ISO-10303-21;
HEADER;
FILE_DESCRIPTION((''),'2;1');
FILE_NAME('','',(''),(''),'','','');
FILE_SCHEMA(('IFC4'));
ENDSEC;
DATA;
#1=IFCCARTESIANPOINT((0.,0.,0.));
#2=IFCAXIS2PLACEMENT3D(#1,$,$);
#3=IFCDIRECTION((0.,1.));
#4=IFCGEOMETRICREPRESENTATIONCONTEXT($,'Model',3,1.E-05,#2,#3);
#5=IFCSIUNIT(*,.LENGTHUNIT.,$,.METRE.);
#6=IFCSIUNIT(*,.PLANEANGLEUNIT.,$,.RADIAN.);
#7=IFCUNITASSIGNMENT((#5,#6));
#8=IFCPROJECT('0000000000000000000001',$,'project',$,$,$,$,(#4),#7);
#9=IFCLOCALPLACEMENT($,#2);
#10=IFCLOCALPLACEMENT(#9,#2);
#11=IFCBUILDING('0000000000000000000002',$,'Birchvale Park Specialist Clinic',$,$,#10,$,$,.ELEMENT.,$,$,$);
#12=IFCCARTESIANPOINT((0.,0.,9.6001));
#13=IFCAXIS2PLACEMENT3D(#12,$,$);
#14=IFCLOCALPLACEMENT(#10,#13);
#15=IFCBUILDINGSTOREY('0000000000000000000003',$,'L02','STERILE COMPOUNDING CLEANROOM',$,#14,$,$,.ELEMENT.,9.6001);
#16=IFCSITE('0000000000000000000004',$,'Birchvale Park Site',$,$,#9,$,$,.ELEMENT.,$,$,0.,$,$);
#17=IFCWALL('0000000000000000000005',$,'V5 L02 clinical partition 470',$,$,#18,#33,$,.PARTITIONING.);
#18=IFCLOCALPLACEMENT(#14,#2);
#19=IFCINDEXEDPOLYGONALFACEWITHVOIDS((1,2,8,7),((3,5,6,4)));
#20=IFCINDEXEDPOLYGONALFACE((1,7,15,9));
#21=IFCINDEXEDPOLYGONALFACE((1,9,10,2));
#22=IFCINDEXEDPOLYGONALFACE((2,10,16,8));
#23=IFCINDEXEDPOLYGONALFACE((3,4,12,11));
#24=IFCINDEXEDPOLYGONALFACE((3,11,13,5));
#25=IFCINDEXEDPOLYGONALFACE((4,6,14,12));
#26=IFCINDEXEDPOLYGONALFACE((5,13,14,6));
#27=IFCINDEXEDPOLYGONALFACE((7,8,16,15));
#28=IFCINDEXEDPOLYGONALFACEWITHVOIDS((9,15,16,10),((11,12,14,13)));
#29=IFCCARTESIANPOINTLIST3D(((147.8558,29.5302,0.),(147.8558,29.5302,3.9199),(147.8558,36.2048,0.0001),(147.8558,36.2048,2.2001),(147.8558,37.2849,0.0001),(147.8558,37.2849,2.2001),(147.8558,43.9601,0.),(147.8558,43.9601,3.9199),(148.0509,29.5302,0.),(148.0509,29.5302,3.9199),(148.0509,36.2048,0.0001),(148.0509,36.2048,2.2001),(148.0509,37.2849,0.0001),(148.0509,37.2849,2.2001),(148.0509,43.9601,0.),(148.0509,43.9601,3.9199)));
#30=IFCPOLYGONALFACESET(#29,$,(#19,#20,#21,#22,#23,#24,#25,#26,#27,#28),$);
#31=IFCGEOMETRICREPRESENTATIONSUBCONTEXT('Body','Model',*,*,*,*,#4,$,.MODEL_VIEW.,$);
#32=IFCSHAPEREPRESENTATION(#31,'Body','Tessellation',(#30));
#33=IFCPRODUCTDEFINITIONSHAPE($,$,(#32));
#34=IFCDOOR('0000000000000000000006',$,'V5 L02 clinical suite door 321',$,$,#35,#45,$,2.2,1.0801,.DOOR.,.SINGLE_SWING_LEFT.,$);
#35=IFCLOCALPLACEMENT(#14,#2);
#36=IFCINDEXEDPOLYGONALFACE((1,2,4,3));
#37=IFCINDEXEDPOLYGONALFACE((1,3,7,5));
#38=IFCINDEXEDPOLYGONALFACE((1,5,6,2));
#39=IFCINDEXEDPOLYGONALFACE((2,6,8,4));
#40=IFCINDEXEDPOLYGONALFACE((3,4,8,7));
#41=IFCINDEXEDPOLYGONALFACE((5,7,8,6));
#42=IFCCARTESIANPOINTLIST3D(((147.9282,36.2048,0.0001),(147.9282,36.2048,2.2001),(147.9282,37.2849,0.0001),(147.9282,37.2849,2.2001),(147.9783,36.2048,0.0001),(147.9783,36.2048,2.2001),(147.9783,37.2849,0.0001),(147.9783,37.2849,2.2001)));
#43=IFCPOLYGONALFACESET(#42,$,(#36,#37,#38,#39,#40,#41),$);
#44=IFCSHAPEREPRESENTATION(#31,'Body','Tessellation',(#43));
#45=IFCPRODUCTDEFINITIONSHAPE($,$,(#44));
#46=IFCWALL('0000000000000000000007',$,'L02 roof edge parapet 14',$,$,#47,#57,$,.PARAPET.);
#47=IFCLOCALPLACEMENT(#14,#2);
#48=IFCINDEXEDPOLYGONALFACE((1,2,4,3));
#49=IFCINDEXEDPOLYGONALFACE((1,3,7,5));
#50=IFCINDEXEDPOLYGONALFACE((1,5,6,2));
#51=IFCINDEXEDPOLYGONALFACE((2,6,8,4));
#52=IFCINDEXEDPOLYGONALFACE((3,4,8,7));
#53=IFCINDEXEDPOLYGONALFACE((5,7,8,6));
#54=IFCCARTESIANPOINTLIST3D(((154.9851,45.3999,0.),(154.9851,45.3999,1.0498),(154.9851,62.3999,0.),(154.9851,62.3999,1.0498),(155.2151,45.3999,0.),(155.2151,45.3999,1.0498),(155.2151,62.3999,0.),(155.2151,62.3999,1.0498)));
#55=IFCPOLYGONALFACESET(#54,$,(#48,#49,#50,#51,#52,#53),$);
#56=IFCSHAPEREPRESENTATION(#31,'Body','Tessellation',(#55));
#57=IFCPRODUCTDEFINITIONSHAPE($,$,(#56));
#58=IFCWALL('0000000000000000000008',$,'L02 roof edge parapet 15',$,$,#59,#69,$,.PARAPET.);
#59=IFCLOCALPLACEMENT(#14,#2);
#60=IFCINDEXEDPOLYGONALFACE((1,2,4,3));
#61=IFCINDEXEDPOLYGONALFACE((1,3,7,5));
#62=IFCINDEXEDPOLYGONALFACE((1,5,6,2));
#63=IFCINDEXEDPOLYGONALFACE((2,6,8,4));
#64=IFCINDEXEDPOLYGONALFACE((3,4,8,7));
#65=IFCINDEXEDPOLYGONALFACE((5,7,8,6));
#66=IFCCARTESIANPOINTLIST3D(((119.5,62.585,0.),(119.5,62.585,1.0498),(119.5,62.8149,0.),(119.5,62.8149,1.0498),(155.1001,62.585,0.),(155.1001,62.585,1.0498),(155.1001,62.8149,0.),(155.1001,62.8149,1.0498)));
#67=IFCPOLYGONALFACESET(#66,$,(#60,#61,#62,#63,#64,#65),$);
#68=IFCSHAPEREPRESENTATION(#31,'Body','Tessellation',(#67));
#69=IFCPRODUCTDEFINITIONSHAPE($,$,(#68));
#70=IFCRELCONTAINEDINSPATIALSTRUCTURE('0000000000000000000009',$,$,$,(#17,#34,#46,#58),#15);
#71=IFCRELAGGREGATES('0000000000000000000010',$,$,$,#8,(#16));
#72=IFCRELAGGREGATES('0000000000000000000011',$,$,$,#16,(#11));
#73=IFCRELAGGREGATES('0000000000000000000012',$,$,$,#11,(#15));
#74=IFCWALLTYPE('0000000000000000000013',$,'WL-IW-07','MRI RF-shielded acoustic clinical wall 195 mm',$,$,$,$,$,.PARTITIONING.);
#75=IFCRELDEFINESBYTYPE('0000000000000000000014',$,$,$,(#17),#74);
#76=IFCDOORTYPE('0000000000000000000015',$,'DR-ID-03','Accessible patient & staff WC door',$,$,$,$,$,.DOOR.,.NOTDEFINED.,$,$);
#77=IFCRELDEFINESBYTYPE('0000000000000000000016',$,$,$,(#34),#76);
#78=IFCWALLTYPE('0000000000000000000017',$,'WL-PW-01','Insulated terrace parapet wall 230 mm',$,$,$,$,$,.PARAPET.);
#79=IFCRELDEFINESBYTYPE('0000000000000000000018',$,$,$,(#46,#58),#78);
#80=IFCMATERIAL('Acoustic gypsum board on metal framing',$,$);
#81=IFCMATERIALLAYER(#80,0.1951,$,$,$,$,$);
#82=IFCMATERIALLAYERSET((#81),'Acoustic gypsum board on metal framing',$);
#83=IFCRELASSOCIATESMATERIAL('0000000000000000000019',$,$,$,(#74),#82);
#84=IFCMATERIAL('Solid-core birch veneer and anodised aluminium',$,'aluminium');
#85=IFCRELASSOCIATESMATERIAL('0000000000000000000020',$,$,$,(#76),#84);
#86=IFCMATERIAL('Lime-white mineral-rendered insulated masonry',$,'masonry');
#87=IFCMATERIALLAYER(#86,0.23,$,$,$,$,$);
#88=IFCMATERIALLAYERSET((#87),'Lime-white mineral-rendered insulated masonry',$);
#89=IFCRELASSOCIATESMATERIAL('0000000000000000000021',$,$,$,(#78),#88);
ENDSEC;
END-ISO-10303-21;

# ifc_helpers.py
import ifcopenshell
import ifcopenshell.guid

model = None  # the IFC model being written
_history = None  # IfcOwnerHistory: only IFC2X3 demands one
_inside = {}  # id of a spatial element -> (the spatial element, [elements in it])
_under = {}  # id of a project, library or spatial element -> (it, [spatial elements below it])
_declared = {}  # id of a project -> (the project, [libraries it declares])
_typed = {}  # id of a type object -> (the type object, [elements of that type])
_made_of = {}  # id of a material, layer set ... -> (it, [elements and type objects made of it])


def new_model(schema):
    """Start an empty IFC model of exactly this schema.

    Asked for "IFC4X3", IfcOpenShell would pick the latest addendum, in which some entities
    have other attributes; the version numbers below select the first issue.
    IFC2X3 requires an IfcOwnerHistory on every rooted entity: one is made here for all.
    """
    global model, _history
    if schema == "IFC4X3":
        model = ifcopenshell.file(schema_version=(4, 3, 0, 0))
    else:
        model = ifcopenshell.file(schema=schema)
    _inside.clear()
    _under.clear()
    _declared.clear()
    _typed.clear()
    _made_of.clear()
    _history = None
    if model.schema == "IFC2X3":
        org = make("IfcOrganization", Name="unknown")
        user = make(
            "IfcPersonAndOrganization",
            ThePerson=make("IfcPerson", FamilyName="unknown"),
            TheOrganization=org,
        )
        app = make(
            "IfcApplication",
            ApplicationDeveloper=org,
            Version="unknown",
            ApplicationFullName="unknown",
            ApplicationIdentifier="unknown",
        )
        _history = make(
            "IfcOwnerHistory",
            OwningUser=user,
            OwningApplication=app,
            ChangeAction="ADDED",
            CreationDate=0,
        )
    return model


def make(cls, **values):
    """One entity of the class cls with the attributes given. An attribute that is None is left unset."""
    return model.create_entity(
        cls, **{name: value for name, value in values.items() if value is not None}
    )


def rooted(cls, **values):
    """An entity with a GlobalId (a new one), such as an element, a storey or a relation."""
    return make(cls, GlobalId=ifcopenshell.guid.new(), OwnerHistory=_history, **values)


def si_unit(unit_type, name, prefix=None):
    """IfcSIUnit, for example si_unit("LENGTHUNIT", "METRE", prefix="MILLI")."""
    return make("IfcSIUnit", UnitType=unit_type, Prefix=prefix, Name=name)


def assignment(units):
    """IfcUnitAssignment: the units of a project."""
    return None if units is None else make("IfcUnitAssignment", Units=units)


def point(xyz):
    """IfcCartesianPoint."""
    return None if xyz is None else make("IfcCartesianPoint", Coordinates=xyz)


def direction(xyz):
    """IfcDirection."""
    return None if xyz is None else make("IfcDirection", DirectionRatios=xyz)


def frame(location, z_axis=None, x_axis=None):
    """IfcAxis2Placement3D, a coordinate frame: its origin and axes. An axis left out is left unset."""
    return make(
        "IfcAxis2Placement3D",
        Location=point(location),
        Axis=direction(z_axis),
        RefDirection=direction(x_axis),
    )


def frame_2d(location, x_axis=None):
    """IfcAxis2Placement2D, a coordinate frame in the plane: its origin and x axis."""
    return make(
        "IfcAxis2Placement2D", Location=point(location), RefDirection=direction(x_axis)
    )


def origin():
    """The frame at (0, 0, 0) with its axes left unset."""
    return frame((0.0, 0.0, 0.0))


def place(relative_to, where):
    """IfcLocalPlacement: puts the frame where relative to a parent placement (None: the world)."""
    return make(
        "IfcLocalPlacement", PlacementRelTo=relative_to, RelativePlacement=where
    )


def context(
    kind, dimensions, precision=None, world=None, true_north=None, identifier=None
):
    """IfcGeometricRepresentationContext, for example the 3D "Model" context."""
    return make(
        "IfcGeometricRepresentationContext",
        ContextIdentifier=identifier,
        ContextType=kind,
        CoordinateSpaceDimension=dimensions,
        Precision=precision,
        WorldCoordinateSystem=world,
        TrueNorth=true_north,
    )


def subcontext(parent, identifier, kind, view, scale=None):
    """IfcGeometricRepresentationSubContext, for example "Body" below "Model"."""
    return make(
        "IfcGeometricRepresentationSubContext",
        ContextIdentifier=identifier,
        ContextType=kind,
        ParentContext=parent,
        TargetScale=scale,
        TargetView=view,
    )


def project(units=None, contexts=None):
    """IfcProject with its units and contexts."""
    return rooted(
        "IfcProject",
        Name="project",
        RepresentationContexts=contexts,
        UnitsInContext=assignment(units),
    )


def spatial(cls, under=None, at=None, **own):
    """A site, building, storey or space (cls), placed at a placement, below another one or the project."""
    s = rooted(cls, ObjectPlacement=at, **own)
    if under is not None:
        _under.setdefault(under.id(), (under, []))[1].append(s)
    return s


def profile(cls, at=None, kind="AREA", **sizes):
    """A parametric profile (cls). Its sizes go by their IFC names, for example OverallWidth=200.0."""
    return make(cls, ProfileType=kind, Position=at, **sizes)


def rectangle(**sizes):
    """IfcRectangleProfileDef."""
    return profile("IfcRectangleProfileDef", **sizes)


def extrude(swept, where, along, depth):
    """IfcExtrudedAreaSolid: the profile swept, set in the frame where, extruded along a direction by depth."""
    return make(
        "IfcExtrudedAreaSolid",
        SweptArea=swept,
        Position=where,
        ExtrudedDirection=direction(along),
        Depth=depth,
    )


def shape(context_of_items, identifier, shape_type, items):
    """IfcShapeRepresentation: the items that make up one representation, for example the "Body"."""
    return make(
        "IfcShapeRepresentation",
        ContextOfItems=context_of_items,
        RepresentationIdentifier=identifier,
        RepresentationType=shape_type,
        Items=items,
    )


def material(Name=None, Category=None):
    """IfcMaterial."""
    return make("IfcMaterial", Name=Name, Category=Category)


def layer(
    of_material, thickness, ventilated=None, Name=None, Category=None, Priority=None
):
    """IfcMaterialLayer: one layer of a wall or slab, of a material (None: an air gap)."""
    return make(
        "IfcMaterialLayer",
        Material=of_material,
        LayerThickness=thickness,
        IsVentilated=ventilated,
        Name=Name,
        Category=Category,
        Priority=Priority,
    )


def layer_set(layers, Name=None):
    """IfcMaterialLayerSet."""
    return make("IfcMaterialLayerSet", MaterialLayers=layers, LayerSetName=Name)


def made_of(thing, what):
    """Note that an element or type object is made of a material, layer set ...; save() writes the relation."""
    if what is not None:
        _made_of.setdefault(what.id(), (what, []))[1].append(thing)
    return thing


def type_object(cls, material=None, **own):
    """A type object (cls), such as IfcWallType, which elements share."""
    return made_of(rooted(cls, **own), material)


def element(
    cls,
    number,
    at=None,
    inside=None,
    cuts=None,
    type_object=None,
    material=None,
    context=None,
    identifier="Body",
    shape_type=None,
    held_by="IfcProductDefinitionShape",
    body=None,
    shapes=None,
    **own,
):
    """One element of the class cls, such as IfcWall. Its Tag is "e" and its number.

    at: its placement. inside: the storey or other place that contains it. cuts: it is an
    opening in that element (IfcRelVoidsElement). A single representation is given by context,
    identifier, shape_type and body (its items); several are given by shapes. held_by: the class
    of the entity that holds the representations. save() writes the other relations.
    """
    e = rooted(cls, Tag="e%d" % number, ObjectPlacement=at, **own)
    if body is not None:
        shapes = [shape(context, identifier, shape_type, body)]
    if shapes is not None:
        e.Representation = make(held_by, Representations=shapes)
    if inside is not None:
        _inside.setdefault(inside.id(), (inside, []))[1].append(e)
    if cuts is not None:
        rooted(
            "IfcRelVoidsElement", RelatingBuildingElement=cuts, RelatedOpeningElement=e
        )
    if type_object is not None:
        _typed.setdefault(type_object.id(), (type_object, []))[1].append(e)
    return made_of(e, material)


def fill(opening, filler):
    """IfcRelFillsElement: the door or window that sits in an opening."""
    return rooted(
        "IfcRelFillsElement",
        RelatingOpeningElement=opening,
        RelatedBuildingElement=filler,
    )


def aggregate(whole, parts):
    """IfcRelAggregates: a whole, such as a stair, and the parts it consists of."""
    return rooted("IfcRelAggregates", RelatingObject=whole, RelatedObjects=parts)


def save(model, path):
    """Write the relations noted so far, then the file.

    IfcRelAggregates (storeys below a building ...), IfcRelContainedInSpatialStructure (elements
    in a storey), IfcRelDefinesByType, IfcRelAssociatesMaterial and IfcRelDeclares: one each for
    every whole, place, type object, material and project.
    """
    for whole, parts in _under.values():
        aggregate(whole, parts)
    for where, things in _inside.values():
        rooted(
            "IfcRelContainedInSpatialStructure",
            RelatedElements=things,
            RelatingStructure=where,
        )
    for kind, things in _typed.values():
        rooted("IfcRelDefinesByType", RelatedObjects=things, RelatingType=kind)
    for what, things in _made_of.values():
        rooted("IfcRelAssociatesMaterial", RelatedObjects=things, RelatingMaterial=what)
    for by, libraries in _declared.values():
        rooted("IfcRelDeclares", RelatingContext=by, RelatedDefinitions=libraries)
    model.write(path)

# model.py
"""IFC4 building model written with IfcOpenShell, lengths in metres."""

from ifc_helpers import new_model, si_unit, direction, frame, frame_2d, origin, place, context, subcontext, project, spatial, rectangle, extrude, material, layer, layer_set, type_object, element, fill, save


model = new_model("IFC4")

# Units and contexts
model_context = context("Model", 3, precision=1e-05, world=origin(), true_north=direction((0.0, 1.0)))
body_context = subcontext(model_context, "Body", "Model", "MODEL_VIEW")
ifc_project = project(units=[si_unit("LENGTHUNIT", "METRE"), si_unit("PLANEANGLEUNIT", "RADIAN")], contexts=[model_context])

# Site, building, storey
site_placement = place(None, origin())
site = spatial("IfcSite", under=ifc_project, at=site_placement, Name="Birchvale Park Site", CompositionType="ELEMENT", RefElevation=0.0)
building_placement = place(site_placement, origin())
building = spatial("IfcBuilding", under=site, at=building_placement, Name="Birchvale Park Specialist Clinic", CompositionType="ELEMENT")
storey_placement = place(building_placement, frame((0.0, 0.0, 9.6001)))
storey = spatial("IfcBuildingStorey", under=building, at=storey_placement, Name="L02", Description="STERILE COMPOUNDING CLEANROOM", CompositionType="ELEMENT", Elevation=9.6001)

# Shared definitions
ifc_material_1 = material(Name="Lime-white mineral-rendered insulated masonry", Category="masonry")

# Wall, opening, door
ifc_material_2 = material(Name="Acoustic gypsum board on metal framing")
ifc_layer_1 = layer(ifc_material_2, 0.1951)
ifc_layer_set_1 = layer_set([ifc_layer_1], Name="Acoustic gypsum board on metal framing")
wall_type_1 = type_object("IfcWallType", Name="WL-IW-07", Description="MRI RF-shielded acoustic clinical wall 195 mm", PredefinedType="PARTITIONING", material=ifc_layer_set_1)
wall_1_placement = place(storey_placement, frame((147.9534, 43.96, 0.0), z_axis=(0.0, 0.0, 1.0), x_axis=(0.0, -1.0, 0.0)))
wall_1 = element("IfcWall", 1, at=wall_1_placement, inside=storey, type_object=wall_type_1, Name="V5 L02 clinical partition 470", PredefinedType="PARTITIONING", context=body_context, shape_type="SweptSolid", body=[
    extrude(rectangle(XDim=14.4299, YDim=0.1951, at=frame_2d((7.2148, 0.0))), origin(), (0.0, 0.0, 1.0), 3.9199),
])
opening_1_placement = place(wall_1_placement, frame((6.675, 0.0, 0.0)))
opening_1 = element("IfcOpeningElement", 2, at=opening_1_placement, cuts=wall_1, PredefinedType="OPENING", context=body_context, shape_type="SweptSolid", body=[
    extrude(rectangle(XDim=1.0801, YDim=2.2, at=frame_2d((0.54, 1.1001))), frame((0.0, 0.1074, 0.0), z_axis=(0.0, -1.0, 0.0), x_axis=(1.0, 0.0, 0.0)), (0.0, 0.0, 1.0), 0.2151),
])
ifc_material_3 = material(Name="Solid-core birch veneer and anodised aluminium", Category="aluminium")
door_type = type_object("IfcDoorType", Name="DR-ID-03", Description="Accessible patient & staff WC door", OperationType="NOTDEFINED", PredefinedType="DOOR", material=ifc_material_3)
door_placement = place(opening_1_placement, origin())
door = element("IfcDoor", 3, at=door_placement, inside=storey, type_object=door_type, Name="V5 L02 clinical suite door 321", OperationType="SINGLE_SWING_LEFT", OverallHeight=2.2, OverallWidth=1.0801, PredefinedType="DOOR", context=body_context, shape_type="SweptSolid", body=[
    extrude(rectangle(XDim=1.0801, YDim=2.2, at=frame_2d((0.54, 1.1001))), frame((0.0, 0.0249, 0.0), z_axis=(0.0, -1.0, 0.0), x_axis=(1.0, 0.0, 0.0)), (0.0, 0.0, 1.0), 0.05),
])
fill(opening_1, door)

# Walls
ifc_layer_2 = layer(ifc_material_1, 0.23)
ifc_layer_set_2 = layer_set([ifc_layer_2], Name="Lime-white mineral-rendered insulated masonry")
wall_type_2 = type_object("IfcWallType", Name="WL-PW-01", Description="Insulated terrace parapet wall 230 mm", PredefinedType="PARAPET", material=ifc_layer_set_2)
wall_2_placement = place(storey_placement, frame((155.1001, 45.3999, 0.0), z_axis=(0.0, 0.0, 1.0), x_axis=(0.0, 1.0, 0.0)))
element("IfcWall", 4, at=wall_2_placement, inside=storey, type_object=wall_type_2, Name="L02 roof edge parapet 14", PredefinedType="PARAPET", context=body_context, shape_type="SweptSolid", body=[
    extrude(rectangle(XDim=17.0, YDim=0.23, at=frame_2d((8.5, 0.0))), origin(), (0.0, 0.0, 1.0), 1.0498),
])
wall_3_placement = place(storey_placement, frame((155.1001, 62.7, 0.0), z_axis=(0.0, 0.0, 1.0), x_axis=(-1.0, 0.0, 0.0)))
element("IfcWall", 5, at=wall_3_placement, inside=storey, type_object=wall_type_2, Name="L02 roof edge parapet 15", PredefinedType="PARAPET", context=body_context, shape_type="SweptSolid", body=[
    extrude(rectangle(XDim=35.6001, YDim=0.23, at=frame_2d((17.8, 0.0))), origin(), (0.0, 0.0, 1.0), 1.0498),
])

save(model, "model.ifc")
